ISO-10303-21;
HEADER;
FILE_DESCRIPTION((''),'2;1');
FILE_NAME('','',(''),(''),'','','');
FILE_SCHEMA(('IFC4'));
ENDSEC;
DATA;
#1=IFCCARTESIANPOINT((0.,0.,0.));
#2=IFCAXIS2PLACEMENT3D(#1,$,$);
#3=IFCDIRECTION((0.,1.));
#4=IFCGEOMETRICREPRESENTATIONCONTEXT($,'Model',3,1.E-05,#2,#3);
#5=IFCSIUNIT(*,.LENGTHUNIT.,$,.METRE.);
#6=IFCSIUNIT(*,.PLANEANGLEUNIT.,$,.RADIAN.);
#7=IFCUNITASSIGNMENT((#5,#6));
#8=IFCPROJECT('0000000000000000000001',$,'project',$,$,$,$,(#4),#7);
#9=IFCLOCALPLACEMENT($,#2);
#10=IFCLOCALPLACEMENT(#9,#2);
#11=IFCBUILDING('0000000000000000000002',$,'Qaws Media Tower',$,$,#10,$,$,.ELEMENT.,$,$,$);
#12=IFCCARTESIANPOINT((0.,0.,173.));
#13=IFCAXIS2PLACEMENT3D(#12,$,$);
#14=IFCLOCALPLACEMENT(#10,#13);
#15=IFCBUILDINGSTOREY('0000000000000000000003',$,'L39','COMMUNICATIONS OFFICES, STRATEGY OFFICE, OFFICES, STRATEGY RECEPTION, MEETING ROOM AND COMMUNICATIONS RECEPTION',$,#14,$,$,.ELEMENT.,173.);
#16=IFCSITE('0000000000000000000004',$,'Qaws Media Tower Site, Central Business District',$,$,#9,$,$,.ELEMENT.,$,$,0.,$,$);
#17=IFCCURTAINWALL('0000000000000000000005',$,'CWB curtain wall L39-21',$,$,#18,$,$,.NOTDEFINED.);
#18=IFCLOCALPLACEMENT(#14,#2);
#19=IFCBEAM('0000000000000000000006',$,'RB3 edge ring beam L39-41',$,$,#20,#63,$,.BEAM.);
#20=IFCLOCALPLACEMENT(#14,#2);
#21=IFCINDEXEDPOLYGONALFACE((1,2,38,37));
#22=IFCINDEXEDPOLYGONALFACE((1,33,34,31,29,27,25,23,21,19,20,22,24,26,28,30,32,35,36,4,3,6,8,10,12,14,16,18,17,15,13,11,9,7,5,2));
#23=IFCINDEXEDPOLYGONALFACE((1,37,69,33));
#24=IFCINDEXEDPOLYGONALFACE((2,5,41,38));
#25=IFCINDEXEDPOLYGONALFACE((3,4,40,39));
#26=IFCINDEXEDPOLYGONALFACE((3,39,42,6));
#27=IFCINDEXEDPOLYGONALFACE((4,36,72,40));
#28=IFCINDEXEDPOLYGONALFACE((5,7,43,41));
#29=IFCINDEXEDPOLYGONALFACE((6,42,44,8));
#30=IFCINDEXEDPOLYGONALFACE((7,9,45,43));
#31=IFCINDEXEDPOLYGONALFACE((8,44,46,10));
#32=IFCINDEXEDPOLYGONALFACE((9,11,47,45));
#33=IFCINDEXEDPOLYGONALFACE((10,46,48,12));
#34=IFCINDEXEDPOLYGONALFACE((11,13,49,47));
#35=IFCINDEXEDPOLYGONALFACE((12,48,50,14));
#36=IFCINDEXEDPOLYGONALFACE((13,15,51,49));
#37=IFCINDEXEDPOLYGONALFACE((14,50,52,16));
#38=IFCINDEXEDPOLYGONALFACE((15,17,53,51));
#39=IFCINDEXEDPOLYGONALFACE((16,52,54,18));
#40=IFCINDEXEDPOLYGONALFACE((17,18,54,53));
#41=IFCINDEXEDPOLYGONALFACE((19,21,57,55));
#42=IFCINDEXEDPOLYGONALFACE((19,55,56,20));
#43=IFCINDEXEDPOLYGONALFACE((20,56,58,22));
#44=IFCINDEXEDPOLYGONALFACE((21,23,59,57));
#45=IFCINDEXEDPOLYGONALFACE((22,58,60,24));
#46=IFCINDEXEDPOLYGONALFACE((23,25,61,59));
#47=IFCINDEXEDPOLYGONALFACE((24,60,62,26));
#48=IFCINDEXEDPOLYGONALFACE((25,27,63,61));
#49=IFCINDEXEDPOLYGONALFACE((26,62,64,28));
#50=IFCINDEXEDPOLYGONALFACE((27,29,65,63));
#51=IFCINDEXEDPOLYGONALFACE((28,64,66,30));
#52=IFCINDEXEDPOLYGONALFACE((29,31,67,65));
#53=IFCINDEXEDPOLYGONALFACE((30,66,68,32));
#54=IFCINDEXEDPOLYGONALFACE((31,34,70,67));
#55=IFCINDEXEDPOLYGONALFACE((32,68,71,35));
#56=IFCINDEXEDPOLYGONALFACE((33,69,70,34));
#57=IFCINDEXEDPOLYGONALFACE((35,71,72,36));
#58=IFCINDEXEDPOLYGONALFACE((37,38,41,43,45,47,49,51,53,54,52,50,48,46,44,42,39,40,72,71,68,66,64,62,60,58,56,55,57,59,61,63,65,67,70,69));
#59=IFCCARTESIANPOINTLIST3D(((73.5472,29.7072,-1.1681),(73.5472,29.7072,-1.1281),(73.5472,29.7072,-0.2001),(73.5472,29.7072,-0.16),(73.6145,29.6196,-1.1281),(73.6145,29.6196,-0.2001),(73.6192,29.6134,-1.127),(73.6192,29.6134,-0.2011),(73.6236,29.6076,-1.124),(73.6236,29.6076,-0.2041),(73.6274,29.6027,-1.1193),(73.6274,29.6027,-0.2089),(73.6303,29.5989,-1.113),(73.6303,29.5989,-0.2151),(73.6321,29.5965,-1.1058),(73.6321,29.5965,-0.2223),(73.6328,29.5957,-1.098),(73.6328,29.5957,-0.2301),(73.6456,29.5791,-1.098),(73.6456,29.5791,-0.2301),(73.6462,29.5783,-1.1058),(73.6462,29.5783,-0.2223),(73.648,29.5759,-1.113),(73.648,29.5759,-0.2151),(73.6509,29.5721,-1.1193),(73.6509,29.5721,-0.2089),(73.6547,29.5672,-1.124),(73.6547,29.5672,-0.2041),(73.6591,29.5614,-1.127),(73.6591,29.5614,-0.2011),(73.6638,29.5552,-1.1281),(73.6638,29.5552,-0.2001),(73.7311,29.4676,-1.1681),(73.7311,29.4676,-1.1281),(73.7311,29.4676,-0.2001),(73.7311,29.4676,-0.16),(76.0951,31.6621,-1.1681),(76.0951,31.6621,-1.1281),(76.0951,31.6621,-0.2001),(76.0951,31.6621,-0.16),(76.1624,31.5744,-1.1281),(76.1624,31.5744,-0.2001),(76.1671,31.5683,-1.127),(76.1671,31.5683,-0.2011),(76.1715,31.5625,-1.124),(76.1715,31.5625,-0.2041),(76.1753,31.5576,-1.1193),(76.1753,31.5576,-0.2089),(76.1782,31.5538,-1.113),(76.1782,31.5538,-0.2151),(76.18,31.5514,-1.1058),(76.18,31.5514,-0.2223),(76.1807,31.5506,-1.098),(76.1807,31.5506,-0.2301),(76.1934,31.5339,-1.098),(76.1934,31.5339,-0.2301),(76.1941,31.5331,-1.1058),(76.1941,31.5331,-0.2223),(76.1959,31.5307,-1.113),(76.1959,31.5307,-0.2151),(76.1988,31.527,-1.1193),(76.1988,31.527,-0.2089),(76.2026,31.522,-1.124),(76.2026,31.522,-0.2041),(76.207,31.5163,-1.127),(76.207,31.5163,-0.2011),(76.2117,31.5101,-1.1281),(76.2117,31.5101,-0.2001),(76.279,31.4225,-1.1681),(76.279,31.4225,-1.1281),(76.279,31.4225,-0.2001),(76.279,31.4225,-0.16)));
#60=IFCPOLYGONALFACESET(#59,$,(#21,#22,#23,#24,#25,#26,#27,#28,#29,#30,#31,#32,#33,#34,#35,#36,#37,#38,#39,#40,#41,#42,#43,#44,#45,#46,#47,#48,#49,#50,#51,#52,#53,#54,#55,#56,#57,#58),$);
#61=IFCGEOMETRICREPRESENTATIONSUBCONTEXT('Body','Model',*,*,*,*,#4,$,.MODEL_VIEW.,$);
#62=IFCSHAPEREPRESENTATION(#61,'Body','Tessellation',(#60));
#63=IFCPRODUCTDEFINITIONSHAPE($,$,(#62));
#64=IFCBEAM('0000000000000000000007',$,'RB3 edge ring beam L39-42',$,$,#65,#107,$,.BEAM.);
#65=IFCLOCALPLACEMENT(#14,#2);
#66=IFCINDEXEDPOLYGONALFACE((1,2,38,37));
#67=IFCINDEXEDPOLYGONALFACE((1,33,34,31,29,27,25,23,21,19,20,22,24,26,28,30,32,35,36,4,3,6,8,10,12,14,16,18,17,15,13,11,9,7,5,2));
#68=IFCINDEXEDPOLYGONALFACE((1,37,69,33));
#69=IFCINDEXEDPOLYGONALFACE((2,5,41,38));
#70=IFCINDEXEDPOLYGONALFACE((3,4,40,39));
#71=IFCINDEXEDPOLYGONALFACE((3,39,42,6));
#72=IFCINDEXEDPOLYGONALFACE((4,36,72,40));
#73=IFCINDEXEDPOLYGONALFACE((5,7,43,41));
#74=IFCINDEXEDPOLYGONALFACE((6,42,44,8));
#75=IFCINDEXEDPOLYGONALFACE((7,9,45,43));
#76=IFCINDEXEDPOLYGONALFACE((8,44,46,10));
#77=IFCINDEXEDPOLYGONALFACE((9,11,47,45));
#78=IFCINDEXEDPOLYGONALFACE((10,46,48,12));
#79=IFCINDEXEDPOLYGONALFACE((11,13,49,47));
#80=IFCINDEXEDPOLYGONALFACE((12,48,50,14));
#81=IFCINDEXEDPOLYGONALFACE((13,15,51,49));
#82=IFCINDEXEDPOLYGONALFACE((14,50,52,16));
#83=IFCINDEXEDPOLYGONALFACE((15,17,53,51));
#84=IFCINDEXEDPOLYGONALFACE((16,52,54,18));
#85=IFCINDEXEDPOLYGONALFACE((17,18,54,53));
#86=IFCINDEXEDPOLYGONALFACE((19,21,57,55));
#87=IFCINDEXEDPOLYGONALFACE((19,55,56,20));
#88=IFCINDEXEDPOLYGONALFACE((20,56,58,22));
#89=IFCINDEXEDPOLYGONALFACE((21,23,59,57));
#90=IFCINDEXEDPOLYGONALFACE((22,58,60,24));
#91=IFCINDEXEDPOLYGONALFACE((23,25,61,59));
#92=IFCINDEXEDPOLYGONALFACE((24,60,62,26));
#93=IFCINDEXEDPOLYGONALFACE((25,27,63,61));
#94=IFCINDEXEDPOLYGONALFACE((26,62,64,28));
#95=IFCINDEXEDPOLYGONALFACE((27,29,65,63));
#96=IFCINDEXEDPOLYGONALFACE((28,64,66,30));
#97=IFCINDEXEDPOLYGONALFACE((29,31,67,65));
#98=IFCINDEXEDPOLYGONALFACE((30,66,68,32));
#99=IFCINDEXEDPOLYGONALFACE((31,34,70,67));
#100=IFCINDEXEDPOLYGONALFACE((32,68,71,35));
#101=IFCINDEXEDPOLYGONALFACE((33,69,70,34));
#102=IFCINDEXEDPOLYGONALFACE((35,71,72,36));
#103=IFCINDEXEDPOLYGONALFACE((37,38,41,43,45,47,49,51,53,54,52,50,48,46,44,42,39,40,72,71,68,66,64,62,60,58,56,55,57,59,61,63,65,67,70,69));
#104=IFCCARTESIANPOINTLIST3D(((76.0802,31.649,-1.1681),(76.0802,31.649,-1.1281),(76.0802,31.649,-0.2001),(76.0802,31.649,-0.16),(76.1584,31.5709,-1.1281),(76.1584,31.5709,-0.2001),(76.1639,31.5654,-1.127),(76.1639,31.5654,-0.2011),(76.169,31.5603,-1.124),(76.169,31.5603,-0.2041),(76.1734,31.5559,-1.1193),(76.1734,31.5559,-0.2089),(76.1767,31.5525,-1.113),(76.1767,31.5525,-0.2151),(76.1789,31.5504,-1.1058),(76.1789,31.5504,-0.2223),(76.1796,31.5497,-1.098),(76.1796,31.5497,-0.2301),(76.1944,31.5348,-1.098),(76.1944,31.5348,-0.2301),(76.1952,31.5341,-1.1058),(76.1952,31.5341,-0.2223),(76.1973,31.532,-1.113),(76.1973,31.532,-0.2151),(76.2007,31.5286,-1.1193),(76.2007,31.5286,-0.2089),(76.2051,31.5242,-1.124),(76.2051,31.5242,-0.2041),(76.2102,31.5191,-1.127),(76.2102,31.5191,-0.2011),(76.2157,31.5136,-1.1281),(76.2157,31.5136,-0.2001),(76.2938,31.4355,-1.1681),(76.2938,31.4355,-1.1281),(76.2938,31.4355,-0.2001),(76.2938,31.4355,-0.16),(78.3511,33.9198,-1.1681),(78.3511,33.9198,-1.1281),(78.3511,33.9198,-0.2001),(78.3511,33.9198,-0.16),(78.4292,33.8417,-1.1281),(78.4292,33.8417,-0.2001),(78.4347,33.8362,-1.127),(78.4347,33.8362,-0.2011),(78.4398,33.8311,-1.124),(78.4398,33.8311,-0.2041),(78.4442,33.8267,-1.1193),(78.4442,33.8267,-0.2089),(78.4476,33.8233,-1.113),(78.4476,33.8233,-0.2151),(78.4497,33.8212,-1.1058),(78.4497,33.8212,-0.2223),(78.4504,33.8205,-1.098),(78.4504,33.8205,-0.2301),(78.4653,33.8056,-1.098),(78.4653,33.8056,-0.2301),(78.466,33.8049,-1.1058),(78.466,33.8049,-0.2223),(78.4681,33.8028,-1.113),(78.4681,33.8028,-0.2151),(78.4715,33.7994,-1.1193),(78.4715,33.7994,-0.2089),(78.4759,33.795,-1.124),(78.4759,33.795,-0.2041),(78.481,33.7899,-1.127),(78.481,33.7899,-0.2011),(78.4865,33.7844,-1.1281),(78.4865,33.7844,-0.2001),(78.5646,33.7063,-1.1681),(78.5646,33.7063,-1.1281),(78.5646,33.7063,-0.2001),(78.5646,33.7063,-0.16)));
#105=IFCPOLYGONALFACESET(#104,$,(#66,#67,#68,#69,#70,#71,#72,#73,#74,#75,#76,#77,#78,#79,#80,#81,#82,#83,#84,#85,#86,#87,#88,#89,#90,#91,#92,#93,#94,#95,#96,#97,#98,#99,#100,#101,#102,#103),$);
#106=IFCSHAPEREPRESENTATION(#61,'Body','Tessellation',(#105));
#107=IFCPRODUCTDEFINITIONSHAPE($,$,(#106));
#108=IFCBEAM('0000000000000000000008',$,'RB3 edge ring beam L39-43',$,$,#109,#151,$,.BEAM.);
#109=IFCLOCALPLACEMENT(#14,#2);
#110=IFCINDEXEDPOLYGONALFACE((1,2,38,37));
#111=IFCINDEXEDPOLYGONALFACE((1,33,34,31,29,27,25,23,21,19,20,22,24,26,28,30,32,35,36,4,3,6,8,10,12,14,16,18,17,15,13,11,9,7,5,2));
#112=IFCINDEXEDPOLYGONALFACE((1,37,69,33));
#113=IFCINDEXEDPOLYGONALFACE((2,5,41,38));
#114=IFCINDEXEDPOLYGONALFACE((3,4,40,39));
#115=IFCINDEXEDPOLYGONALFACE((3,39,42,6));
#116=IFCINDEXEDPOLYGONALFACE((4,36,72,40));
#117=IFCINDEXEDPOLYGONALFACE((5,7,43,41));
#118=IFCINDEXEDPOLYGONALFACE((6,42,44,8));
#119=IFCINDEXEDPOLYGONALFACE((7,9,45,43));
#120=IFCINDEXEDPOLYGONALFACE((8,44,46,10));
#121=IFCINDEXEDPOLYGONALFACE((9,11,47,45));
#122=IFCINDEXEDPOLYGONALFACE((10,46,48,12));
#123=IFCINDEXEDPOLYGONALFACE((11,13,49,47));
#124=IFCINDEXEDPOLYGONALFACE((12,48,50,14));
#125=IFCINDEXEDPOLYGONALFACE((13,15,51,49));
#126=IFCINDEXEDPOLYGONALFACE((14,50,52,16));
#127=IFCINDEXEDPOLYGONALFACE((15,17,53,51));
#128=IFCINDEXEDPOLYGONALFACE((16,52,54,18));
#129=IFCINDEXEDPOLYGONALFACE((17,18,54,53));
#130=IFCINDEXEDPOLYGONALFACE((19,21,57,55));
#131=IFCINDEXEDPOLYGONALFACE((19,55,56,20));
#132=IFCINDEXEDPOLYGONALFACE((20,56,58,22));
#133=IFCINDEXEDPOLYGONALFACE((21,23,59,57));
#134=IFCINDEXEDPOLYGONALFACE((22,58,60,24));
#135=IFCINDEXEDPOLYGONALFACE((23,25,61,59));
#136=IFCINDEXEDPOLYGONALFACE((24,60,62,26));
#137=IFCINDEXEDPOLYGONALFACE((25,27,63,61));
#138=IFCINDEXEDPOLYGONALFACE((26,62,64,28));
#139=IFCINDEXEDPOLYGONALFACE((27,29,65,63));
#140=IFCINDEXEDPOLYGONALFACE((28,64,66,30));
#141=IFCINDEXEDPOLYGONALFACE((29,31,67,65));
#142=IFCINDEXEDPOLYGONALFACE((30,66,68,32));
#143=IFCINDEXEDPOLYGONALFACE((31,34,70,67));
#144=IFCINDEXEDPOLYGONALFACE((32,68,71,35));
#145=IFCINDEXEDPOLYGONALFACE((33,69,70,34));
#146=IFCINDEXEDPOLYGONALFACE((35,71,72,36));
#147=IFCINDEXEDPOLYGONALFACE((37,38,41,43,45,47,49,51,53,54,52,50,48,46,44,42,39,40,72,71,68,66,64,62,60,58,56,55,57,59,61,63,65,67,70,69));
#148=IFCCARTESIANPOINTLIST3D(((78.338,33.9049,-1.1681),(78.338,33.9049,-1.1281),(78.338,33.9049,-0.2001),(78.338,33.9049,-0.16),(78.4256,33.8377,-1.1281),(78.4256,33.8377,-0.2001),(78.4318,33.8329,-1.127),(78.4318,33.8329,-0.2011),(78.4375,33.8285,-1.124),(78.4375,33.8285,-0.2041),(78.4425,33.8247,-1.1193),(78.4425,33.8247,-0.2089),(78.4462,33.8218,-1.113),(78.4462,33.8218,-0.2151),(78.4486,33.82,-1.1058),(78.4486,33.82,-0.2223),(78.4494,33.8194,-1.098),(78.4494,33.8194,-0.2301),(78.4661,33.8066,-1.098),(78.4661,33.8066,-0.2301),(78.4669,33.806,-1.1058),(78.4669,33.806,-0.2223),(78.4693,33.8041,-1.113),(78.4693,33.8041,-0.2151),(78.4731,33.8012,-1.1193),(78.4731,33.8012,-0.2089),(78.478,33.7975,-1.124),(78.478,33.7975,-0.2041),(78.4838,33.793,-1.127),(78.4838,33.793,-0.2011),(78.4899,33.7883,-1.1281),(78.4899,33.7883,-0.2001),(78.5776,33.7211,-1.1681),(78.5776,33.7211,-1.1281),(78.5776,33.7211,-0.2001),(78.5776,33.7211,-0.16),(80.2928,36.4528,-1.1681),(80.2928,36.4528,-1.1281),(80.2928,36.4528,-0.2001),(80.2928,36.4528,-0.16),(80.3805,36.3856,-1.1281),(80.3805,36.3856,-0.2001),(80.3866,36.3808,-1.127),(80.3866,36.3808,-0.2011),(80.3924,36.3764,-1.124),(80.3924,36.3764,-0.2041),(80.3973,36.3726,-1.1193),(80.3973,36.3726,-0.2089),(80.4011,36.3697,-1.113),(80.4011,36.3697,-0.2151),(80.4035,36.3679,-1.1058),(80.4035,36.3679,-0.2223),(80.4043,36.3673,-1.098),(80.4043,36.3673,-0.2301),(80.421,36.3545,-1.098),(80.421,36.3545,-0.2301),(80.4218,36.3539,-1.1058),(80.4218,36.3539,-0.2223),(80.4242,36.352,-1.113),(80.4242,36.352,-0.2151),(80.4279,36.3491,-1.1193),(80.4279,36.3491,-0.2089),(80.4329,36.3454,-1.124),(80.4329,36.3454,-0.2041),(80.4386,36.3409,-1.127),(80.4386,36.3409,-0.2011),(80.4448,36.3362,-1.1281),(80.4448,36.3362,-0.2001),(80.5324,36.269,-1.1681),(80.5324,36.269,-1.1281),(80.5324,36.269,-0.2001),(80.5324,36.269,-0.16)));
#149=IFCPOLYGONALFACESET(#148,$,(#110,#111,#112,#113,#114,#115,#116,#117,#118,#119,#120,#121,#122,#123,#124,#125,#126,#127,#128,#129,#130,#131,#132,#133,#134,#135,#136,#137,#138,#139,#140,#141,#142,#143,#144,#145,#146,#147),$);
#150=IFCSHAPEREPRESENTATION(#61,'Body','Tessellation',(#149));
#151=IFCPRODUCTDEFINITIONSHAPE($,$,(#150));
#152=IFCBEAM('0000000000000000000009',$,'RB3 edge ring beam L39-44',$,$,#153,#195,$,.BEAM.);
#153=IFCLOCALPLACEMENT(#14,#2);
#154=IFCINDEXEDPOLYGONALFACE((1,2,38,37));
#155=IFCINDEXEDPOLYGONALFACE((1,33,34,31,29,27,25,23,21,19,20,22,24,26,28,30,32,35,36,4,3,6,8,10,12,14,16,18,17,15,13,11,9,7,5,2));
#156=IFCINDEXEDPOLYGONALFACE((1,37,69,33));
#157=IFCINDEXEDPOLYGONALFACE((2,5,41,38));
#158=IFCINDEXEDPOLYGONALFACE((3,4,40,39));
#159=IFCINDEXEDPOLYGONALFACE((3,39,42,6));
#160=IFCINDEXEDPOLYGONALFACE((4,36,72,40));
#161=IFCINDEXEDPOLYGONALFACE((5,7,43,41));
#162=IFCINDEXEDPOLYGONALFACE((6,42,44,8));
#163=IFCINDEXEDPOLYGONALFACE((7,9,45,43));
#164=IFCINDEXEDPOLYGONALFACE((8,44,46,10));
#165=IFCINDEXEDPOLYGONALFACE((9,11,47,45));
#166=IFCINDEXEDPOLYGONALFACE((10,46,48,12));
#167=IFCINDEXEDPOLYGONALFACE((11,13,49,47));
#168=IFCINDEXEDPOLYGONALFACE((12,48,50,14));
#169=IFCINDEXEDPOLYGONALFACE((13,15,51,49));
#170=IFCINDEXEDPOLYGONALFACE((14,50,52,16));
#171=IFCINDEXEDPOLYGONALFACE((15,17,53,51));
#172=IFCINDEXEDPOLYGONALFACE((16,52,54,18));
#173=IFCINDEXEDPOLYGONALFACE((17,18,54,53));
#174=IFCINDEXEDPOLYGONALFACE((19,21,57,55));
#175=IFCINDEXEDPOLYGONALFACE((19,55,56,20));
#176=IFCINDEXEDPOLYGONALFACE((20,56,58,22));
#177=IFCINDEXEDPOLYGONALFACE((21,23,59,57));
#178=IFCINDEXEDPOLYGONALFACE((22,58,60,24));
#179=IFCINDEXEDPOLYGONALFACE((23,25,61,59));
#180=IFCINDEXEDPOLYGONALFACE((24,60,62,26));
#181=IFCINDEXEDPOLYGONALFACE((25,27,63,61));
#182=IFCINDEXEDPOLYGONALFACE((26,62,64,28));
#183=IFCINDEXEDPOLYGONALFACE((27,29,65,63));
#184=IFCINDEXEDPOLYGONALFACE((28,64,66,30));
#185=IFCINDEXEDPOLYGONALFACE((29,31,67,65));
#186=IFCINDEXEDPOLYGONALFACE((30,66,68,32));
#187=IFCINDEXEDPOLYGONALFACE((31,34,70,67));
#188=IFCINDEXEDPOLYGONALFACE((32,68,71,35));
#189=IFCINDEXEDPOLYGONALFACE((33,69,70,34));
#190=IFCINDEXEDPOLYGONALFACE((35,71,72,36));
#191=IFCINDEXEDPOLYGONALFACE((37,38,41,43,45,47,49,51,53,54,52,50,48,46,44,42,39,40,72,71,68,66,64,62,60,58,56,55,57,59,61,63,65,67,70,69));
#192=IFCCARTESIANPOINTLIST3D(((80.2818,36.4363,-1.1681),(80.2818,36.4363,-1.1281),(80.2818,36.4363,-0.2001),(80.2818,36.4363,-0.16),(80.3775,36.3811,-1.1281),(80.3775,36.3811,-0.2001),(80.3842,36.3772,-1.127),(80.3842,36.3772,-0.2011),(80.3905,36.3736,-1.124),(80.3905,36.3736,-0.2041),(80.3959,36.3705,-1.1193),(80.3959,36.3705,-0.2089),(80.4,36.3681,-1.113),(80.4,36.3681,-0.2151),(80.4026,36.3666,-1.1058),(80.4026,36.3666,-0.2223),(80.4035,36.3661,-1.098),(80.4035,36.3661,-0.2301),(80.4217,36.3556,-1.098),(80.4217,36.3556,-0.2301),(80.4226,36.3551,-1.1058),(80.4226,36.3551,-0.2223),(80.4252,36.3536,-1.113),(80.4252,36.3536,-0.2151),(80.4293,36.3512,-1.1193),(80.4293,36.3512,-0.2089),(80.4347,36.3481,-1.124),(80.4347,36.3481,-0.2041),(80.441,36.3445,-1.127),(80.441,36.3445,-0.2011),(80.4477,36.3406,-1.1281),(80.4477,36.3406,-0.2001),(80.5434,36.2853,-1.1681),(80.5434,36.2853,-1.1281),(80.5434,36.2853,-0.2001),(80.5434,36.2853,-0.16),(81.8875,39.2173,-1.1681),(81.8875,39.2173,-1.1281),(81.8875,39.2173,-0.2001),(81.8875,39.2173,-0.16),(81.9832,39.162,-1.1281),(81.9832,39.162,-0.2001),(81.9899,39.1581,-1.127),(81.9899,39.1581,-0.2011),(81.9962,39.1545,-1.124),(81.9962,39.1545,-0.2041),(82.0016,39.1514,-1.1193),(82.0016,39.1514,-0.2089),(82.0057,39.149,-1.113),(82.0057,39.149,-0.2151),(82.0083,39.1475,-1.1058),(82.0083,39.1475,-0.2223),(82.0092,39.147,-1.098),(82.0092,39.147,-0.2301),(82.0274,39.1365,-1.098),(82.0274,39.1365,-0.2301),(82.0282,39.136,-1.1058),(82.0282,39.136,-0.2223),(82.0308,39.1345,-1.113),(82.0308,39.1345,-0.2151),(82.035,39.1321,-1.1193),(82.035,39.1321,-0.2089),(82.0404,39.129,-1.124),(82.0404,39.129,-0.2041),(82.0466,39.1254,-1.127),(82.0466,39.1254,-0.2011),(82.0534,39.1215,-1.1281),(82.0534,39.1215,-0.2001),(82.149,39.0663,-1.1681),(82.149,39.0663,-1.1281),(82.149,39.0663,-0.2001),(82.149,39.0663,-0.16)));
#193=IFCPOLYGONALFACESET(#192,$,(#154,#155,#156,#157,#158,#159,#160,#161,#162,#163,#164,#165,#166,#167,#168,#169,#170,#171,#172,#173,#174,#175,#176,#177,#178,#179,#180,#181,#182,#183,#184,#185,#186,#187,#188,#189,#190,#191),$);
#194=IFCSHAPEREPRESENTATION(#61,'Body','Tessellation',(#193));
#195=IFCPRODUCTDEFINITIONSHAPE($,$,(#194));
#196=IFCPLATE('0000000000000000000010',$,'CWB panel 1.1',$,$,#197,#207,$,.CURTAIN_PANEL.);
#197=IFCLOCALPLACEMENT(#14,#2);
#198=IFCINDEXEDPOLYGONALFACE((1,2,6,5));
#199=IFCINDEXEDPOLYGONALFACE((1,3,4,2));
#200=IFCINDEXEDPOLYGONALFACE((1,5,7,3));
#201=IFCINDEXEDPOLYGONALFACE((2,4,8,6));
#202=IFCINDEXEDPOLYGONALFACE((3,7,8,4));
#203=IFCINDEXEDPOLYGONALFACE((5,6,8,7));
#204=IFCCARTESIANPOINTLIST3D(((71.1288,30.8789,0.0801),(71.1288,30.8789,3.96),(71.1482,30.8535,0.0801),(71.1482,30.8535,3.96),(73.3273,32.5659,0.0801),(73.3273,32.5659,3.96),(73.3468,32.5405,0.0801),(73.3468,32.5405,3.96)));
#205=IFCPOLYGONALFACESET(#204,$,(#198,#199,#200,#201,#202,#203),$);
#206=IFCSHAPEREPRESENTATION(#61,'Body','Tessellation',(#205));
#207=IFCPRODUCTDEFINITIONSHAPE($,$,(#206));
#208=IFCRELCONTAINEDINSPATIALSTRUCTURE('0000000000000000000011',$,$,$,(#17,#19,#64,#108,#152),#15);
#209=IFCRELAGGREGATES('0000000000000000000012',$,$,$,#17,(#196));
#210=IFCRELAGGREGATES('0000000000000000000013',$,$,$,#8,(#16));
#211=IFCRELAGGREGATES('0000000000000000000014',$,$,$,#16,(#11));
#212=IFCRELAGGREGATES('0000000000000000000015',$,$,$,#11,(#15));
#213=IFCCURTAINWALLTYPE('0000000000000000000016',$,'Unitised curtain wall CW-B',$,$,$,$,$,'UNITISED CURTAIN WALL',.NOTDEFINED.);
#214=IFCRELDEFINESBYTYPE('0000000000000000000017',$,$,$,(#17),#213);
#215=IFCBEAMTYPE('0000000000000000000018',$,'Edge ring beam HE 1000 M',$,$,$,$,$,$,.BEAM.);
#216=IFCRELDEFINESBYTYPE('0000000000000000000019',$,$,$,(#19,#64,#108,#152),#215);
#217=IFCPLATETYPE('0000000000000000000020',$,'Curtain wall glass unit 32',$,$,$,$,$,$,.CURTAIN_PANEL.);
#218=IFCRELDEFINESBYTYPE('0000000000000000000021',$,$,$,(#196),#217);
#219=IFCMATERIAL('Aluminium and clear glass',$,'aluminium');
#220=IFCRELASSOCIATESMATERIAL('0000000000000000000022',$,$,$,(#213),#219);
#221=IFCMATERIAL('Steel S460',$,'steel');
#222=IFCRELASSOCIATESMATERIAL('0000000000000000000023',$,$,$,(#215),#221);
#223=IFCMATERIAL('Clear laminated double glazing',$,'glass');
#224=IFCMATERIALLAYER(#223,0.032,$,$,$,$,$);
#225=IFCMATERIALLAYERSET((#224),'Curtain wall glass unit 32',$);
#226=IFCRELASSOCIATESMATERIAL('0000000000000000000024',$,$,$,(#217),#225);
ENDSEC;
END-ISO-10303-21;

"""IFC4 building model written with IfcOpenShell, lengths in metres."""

from ifc_helpers import new_model, si_unit, direction, frame, origin, origin_2d, place, context, subcontext, project, spatial, rectangle, i_section, extrude, material, layer, layer_set, material_profile, profile_set, type_object, element, aggregate, save


model = new_model("IFC4")

# Units and contexts
model_context = context("Model", 3, precision=1e-05, world=origin(), true_north=direction((0.0, 1.0)))
body_context = subcontext(model_context, "Body", "Model", "MODEL_VIEW")
ifc_project = project(units=[si_unit("LENGTHUNIT", "METRE"), si_unit("PLANEANGLEUNIT", "RADIAN")], contexts=[model_context])

# Site, building, storey
site_placement = place(None, origin())
site = spatial("IfcSite", under=ifc_project, at=site_placement, Name="Qaws Media Tower Site, Central Business District", CompositionType="ELEMENT", RefElevation=0.0)
building_placement = place(site_placement, origin())
building = spatial("IfcBuilding", under=site, at=building_placement, Name="Qaws Media Tower", CompositionType="ELEMENT")
storey_placement = place(building_placement, frame((0.0, 0.0, 173.0)))
storey = spatial("IfcBuildingStorey", under=building, at=storey_placement, Name="L39", Description="COMMUNICATIONS OFFICES, STRATEGY OFFICE, OFFICES, STRATEGY RECEPTION, MEETING ROOM AND COMMUNICATIONS RECEPTION", CompositionType="ELEMENT", Elevation=173.0)

# Curtain wall
ifc_material_1 = material(Name="Aluminium and clear glass", Category="aluminium")
curtain_wall_type = type_object("IfcCurtainWallType", Name="Unitised curtain wall CW-B", ElementType="UNITISED CURTAIN WALL", PredefinedType="NOTDEFINED", material=ifc_material_1)
curtain_wall_1_placement = place(storey_placement, origin())
curtain_wall_1 = element("IfcCurtainWall", 1, at=curtain_wall_1_placement, inside=storey, type_object=curtain_wall_type, Name="CWB curtain wall L39-21", PredefinedType="NOTDEFINED")

# Beams
ifc_material_2 = material(Name="Steel S460", Category="steel")
ifc_material_profile_1 = material_profile(ifc_material_2, i_section(OverallWidth=0.302, OverallDepth=1.0081, WebThickness=0.021, FlangeThickness=0.04, FilletRadius=0.03, at=origin_2d()), Name="HE 1000 M")
ifc_profile_set_1 = profile_set([ifc_material_profile_1], Name="Steel S460")
beam_type = type_object("IfcBeamType", Name="Edge ring beam HE 1000 M", PredefinedType="BEAM", material=ifc_profile_set_1)
for number, where, z_axis, x_axis, name in (
    (2, (73.6392, 29.5874, -0.6641), (0.793384, 0.608722, 0.0), (-0.608722, 0.793384, 0.0), "RB3 edge ring beam L39-41"),
    (3, (76.187, 31.5422, -0.6641), (0.707107, 0.707107, 0.0), (-0.707107, 0.707107, 0.0), "RB3 edge ring beam L39-42"),
    (4, (78.4578, 33.813, -0.6641), (0.608722, 0.793384, 0.0), (-0.793384, 0.608722, 0.0), "RB3 edge ring beam L39-43"),
):
    element("IfcBeam", number, at=place(storey_placement, frame(where, z_axis=z_axis, x_axis=x_axis)), inside=storey, type_object=beam_type, Name=name, PredefinedType="BEAM", context=body_context, shape_type="SweptSolid", body=[
        extrude(i_section(OverallWidth=0.302, OverallDepth=1.0081, WebThickness=0.021, FlangeThickness=0.04, FilletRadius=0.03, at=origin_2d()), origin(), (0.0, 0.0, 1.0), 3.2114),
    ])
beam_placement = place(storey_placement, frame((80.4126, 36.3608, -0.6641), z_axis=(0.500023, 0.866012, 0.0), x_axis=(-0.866012, 0.500023, 0.0)))
element("IfcBeam", 5, at=beam_placement, inside=storey, type_object=beam_type, Name="RB3 edge ring beam L39-44", PredefinedType="BEAM", context=body_context, shape_type="SweptSolid", body=[
    extrude(i_section(OverallWidth=0.302, OverallDepth=1.0081, WebThickness=0.021, FlangeThickness=0.04, FilletRadius=0.03, at=origin_2d()), origin(), (0.0, 0.0, 1.0), 3.2112),
])

# Plate
ifc_material_3 = material(Name="Clear laminated double glazing", Category="glass")
ifc_layer_1 = layer(ifc_material_3, 0.032)
ifc_layer_set_1 = layer_set([ifc_layer_1], Name="Curtain wall glass unit 32")
plate_type_1 = type_object("IfcPlateType", Name="Curtain wall glass unit 32", PredefinedType="CURTAIN_PANEL", material=ifc_layer_set_1)
plate_1_placement = place(storey_placement, frame((72.2378, 31.7097, 0.0801), z_axis=(0.0, 0.0, 1.0), x_axis=(0.793353, 0.608762, 0.0)))
plate_1 = element("IfcPlate", 6, at=plate_1_placement, type_object=plate_type_1, Name="CWB panel 1.1", PredefinedType="CURTAIN_PANEL", context=body_context, shape_type="SweptSolid", body=[
    extrude(rectangle(XDim=2.7712, YDim=0.032, at=origin_2d()), origin(), (0.0, 0.0, 1.0), 3.8799),
])
aggregate(curtain_wall_1, [plate_1])

save(model, "model.ifc")
